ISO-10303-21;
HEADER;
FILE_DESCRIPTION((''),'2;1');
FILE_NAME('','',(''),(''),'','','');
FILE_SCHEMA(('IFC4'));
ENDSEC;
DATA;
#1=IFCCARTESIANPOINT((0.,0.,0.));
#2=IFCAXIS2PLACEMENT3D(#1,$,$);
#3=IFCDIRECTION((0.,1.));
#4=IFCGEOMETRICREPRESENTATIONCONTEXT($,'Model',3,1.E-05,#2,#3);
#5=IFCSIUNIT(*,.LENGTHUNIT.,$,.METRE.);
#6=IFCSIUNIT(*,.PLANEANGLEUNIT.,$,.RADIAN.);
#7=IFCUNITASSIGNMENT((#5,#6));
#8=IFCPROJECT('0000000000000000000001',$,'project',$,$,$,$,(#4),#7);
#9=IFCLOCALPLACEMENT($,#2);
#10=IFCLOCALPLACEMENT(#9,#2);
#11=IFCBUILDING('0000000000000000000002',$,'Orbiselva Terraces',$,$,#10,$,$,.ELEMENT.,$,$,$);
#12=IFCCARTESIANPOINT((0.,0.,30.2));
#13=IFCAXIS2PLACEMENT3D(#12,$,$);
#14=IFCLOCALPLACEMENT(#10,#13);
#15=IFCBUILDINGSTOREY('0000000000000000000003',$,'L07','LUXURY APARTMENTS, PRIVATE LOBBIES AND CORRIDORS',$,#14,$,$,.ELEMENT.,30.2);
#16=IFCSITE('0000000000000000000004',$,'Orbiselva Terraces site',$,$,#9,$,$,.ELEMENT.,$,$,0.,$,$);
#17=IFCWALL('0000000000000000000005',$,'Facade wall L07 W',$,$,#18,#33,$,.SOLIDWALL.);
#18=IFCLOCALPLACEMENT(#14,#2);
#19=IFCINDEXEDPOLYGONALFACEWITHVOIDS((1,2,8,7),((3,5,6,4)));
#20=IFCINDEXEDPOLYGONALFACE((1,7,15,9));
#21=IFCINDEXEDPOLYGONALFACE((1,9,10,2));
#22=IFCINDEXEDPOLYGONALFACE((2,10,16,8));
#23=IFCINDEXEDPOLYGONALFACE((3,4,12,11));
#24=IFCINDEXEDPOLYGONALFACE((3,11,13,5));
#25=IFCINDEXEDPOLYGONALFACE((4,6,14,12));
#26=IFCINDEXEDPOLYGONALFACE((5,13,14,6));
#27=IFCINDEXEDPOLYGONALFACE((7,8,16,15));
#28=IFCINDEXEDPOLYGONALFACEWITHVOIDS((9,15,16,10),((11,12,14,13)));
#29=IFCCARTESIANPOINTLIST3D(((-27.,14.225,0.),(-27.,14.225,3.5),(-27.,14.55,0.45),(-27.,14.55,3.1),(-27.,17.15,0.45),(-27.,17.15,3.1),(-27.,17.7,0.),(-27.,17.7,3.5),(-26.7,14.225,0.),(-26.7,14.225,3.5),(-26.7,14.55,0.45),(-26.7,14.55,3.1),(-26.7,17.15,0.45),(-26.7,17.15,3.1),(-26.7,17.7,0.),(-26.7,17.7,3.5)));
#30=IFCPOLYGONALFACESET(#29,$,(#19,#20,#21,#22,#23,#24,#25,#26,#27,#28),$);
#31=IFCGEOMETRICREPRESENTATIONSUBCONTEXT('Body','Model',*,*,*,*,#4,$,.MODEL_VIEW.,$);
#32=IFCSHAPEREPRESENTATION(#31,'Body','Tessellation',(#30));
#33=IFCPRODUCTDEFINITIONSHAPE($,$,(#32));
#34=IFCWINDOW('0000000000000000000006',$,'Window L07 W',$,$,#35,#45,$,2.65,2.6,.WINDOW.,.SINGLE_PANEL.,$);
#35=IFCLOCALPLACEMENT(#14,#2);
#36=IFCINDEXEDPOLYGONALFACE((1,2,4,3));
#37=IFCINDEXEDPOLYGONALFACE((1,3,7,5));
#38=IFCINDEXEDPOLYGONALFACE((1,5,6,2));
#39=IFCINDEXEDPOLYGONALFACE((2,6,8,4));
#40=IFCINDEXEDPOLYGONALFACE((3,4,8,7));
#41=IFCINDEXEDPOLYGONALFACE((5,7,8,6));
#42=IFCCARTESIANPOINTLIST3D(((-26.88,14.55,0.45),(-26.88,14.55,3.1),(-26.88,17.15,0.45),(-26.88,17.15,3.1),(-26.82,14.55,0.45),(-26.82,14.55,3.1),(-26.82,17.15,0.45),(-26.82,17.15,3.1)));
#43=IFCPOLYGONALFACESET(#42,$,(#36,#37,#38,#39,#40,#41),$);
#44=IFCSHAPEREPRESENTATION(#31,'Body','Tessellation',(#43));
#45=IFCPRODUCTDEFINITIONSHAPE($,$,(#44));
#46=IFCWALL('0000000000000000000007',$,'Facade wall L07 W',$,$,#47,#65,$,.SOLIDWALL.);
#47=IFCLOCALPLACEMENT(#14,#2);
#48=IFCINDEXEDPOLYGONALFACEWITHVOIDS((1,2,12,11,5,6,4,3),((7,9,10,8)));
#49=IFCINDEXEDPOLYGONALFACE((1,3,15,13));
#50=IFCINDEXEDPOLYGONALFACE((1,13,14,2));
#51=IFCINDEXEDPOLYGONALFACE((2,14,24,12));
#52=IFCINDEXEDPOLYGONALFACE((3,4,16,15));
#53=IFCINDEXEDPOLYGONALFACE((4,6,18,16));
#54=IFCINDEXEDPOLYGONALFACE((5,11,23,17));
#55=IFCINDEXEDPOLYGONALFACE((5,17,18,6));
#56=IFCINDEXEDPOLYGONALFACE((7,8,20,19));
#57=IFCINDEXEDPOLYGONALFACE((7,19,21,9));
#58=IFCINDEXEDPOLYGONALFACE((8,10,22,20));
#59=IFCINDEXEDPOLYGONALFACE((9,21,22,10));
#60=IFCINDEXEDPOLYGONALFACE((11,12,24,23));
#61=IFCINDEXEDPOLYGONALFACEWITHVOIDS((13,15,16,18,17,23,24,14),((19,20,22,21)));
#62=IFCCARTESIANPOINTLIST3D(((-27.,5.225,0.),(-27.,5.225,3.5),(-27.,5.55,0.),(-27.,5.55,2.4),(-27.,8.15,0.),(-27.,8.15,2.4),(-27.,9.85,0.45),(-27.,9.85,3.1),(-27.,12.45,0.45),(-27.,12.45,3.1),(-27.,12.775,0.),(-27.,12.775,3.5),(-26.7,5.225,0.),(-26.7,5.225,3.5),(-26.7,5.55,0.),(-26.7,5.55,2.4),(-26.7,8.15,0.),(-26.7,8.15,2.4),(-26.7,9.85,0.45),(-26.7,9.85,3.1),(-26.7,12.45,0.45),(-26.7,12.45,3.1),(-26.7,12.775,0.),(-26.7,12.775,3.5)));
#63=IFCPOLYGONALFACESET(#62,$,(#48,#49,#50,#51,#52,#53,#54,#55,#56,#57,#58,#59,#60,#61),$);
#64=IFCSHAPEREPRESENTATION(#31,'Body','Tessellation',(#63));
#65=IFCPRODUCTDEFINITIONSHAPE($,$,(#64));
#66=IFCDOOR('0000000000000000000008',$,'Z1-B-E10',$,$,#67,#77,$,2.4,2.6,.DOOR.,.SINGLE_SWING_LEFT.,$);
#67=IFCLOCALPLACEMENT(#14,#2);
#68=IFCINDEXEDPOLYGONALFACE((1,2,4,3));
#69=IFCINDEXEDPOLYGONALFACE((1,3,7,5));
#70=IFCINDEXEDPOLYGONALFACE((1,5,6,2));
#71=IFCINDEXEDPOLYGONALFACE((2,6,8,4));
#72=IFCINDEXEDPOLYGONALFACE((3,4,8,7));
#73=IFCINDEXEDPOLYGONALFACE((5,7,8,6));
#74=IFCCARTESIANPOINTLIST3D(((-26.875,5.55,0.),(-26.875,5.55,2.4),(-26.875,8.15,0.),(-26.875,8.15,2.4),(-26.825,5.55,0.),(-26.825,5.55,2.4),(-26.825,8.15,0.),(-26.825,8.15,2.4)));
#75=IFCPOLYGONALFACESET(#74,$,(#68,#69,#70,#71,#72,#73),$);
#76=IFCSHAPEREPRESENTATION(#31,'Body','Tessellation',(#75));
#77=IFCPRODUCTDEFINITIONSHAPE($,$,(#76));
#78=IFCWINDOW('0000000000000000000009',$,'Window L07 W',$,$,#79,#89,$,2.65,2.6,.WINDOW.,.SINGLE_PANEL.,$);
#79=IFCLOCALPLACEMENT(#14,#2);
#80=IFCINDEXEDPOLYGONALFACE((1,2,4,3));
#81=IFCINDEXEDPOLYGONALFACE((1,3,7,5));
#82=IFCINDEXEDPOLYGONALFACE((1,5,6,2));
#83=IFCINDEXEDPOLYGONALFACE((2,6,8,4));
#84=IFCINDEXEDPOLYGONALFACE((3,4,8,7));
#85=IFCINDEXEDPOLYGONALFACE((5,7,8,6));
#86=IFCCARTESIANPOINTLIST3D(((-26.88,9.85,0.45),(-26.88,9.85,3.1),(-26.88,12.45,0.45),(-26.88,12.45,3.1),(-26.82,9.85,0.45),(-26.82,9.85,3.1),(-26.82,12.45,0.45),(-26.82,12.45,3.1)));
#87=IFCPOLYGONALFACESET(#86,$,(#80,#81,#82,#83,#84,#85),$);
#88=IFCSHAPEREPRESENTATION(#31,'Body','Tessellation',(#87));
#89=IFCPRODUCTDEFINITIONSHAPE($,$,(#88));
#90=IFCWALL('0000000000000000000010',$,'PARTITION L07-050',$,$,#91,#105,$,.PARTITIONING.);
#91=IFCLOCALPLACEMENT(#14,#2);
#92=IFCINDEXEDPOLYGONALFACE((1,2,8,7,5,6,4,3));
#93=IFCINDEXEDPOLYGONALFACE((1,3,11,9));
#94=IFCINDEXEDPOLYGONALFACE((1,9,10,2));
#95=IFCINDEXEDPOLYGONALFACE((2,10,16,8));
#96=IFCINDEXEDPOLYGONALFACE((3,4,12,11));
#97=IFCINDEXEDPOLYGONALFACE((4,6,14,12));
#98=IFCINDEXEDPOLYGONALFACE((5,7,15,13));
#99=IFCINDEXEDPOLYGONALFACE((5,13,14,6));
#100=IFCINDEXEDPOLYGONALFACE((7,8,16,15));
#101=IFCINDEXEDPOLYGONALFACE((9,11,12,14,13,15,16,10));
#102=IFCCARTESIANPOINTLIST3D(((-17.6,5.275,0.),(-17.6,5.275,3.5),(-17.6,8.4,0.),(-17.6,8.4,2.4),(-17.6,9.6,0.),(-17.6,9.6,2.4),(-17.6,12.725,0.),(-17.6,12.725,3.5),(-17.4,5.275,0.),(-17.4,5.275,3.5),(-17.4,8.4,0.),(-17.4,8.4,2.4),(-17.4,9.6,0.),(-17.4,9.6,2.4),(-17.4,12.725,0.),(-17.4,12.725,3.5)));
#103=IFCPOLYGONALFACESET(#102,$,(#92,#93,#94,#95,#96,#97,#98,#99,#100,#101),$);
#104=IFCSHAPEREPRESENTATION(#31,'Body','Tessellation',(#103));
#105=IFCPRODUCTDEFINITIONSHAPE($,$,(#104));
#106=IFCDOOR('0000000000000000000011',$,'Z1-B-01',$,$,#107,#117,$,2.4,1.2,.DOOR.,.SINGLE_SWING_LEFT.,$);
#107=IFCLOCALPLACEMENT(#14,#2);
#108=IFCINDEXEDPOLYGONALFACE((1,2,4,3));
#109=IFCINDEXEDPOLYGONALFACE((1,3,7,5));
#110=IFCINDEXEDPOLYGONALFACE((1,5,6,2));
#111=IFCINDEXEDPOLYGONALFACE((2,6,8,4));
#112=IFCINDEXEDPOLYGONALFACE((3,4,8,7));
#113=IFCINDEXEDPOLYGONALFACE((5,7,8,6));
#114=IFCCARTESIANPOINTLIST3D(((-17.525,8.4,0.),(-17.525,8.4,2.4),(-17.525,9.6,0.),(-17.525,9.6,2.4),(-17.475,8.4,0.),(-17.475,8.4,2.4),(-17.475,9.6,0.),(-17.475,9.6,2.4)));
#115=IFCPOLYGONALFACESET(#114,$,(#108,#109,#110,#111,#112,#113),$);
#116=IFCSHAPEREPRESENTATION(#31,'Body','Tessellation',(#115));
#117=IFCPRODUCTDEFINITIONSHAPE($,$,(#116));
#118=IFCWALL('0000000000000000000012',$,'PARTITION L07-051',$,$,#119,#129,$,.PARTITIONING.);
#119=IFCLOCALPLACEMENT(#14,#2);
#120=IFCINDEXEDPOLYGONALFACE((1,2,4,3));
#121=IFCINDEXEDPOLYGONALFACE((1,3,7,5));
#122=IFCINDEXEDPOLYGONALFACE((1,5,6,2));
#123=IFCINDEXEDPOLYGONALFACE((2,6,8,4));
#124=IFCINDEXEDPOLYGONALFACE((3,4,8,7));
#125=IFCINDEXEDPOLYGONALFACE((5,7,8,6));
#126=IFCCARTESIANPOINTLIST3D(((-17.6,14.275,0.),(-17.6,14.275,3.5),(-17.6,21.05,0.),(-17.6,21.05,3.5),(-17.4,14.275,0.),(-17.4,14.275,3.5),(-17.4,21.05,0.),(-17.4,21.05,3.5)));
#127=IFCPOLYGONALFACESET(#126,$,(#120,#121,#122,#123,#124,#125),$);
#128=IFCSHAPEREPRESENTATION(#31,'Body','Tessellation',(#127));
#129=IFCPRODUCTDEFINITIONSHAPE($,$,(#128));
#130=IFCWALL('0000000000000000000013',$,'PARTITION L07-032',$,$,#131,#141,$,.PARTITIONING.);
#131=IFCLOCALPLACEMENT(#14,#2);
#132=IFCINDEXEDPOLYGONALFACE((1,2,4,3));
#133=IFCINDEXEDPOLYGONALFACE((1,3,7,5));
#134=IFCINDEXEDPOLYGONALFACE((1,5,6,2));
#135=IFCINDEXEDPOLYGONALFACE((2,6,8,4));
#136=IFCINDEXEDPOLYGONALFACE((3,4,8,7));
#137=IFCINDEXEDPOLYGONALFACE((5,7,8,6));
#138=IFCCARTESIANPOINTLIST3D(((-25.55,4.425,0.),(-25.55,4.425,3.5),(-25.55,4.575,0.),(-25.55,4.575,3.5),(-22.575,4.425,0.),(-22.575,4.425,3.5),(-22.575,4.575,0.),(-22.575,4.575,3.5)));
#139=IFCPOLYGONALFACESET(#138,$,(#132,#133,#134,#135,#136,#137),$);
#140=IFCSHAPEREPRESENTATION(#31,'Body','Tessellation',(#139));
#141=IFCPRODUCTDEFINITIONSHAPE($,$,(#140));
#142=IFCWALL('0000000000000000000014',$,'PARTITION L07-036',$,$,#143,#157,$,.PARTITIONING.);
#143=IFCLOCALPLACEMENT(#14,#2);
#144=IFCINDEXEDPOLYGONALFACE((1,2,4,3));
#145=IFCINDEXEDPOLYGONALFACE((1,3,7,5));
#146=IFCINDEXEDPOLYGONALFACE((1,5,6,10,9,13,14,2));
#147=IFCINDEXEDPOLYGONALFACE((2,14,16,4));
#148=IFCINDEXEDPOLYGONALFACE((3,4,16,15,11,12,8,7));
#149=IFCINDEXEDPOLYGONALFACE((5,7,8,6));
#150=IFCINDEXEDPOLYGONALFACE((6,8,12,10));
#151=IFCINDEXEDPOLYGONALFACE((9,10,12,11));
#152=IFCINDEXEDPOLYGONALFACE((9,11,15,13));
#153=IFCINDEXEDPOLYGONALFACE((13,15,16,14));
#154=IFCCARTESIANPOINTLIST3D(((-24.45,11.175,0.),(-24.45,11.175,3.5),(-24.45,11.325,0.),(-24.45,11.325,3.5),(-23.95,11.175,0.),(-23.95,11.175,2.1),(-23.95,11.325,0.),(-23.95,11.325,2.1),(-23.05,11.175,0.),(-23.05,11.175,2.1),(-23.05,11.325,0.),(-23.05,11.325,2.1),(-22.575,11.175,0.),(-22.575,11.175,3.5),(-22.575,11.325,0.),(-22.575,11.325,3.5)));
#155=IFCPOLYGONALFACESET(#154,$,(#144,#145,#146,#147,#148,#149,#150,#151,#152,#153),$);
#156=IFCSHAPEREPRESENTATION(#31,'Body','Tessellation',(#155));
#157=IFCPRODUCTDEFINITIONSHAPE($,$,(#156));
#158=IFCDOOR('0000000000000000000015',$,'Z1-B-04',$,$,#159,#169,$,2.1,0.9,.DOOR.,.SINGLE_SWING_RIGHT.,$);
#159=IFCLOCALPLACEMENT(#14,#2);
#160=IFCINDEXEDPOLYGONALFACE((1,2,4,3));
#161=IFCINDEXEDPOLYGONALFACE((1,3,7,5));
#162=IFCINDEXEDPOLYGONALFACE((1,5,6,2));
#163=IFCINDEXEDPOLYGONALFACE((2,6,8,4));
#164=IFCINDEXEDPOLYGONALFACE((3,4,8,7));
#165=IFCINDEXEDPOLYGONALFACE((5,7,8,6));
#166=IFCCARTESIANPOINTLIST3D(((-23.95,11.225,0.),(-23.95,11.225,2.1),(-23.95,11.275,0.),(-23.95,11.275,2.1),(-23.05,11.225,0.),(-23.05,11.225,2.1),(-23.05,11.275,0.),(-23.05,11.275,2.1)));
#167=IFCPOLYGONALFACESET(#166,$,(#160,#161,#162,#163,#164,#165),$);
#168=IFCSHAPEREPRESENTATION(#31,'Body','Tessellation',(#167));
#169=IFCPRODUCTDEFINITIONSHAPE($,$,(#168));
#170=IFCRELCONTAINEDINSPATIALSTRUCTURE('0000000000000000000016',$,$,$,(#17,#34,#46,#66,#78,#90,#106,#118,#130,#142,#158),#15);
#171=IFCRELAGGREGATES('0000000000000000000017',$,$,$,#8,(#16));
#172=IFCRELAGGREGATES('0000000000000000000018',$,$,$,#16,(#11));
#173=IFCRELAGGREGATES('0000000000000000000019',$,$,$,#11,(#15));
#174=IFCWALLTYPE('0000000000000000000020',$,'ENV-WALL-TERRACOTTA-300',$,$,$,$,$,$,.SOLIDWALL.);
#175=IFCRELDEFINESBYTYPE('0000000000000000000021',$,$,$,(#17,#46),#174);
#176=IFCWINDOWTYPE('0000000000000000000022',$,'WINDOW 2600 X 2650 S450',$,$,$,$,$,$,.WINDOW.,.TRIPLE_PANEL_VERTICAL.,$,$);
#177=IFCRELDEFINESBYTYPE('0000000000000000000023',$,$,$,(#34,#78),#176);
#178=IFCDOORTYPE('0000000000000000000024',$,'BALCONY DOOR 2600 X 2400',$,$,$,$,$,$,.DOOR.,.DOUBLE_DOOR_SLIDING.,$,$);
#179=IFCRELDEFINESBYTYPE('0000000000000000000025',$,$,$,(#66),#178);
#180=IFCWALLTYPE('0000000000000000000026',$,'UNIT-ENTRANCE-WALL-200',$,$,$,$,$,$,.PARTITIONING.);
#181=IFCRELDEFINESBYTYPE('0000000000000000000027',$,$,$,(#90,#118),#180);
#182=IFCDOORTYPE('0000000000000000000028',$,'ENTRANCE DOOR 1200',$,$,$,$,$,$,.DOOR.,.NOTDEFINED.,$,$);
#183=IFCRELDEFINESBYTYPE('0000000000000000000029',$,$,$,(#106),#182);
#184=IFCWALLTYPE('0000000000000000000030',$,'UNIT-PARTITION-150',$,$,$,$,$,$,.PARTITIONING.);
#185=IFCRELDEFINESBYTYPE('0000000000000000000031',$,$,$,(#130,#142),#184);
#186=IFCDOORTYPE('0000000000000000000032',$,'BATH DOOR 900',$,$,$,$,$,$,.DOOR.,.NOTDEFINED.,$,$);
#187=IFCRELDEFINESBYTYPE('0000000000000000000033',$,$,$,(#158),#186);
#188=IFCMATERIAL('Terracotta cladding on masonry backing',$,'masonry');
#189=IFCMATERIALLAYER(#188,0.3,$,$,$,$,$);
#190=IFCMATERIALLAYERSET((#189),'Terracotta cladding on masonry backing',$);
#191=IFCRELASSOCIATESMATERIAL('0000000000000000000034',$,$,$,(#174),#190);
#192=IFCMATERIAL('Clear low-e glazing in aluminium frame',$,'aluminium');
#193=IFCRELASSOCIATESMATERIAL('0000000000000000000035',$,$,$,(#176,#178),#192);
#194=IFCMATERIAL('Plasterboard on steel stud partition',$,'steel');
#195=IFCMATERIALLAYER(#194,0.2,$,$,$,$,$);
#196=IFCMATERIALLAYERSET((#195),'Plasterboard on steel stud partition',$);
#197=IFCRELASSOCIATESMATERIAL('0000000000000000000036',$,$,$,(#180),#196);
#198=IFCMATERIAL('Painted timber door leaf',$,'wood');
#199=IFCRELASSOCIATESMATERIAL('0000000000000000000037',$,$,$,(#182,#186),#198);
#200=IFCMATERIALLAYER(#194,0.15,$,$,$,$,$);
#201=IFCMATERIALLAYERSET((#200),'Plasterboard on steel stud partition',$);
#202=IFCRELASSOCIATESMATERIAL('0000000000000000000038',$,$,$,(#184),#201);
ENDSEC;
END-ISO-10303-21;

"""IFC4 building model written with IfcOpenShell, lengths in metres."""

from ifc_helpers import new_model, si_unit, direction, frame, frame_2d, origin, place, context, subcontext, project, spatial, rectangle, extrude, material, layer, layer_set, type_object, element, fill, save


model = new_model("IFC4")

# Units and contexts
model_context = context("Model", 3, precision=1e-05, world=origin(), true_north=direction((0.0, 1.0)))
body_context = subcontext(model_context, "Body", "Model", "MODEL_VIEW")
ifc_project = project(units=[si_unit("LENGTHUNIT", "METRE"), si_unit("PLANEANGLEUNIT", "RADIAN")], contexts=[model_context])

# Site, building, storey
site_placement = place(None, origin())
site = spatial("IfcSite", under=ifc_project, at=site_placement, Name="Orbiselva Terraces site", CompositionType="ELEMENT", RefElevation=0.0)
building_placement = place(site_placement, origin())
building = spatial("IfcBuilding", under=site, at=building_placement, Name="Orbiselva Terraces", CompositionType="ELEMENT")
storey_placement = place(building_placement, frame((0.0, 0.0, 30.2)))
storey = spatial("IfcBuildingStorey", under=building, at=storey_placement, Name="L07", Description="LUXURY APARTMENTS, PRIVATE LOBBIES AND CORRIDORS", CompositionType="ELEMENT", Elevation=30.2)

# Wall, opening, window
ifc_material_1 = material(Name="Terracotta cladding on masonry backing", Category="masonry")
ifc_layer_1 = layer(ifc_material_1, 0.3)
ifc_layer_set_1 = layer_set([ifc_layer_1], Name="Terracotta cladding on masonry backing")
wall_type_1 = type_object("IfcWallType", Name="ENV-WALL-TERRACOTTA-300", PredefinedType="SOLIDWALL", material=ifc_layer_set_1)
wall_1_placement = place(storey_placement, frame((-26.85, 14.225, 0.0), z_axis=(0.0, 0.0, 1.0), x_axis=(0.0, 1.0, 0.0)))
wall_1 = element("IfcWall", 1, at=wall_1_placement, inside=storey, type_object=wall_type_1, Name="Facade wall L07 W", PredefinedType="SOLIDWALL", context=body_context, shape_type="SweptSolid", body=[
    extrude(rectangle(XDim=3.475, YDim=0.3, at=frame_2d((1.7375, 0.0))), origin(), (0.0, 0.0, 1.0), 3.5),
])
opening_1_placement = place(wall_1_placement, frame((0.325, 0.0, 0.45)))
opening_1 = element("IfcOpeningElement", 2, at=opening_1_placement, cuts=wall_1, PredefinedType="OPENING", context=body_context, shape_type="SweptSolid", body=[
    extrude(rectangle(XDim=2.6, YDim=2.65, at=frame_2d((1.3, 1.325))), frame((0.0, 0.16, 0.0), z_axis=(0.0, -1.0, 0.0), x_axis=(1.0, 0.0, 0.0)), (0.0, 0.0, 1.0), 0.32),
])
ifc_material_2 = material(Name="Clear low-e glazing in aluminium frame", Category="aluminium")
window_type = type_object("IfcWindowType", Name="WINDOW 2600 X 2650 S450", PartitioningType="TRIPLE_PANEL_VERTICAL", PredefinedType="WINDOW", material=ifc_material_2)
window_1_placement = place(opening_1_placement, origin())
window_1 = element("IfcWindow", 3, at=window_1_placement, inside=storey, type_object=window_type, Name="Window L07 W", OverallHeight=2.65, OverallWidth=2.6, PartitioningType="SINGLE_PANEL", PredefinedType="WINDOW", context=body_context, shape_type="SweptSolid", body=[
    extrude(rectangle(XDim=2.6, YDim=2.65, at=frame_2d((1.3, 1.325))), frame((0.0, 0.03, 0.0), z_axis=(0.0, -1.0, 0.0), x_axis=(1.0, 0.0, 0.0)), (0.0, 0.0, 1.0), 0.06),
])
fill(opening_1, window_1)

# Wall, openings, door, window
wall_2_placement = place(storey_placement, frame((-26.85, 5.225, 0.0), z_axis=(0.0, 0.0, 1.0), x_axis=(0.0, 1.0, 0.0)))
wall_2 = element("IfcWall", 4, at=wall_2_placement, inside=storey, type_object=wall_type_1, Name="Facade wall L07 W", PredefinedType="SOLIDWALL", context=body_context, shape_type="SweptSolid", body=[
    extrude(rectangle(XDim=7.55, YDim=0.3, at=frame_2d((3.775, 0.0))), origin(), (0.0, 0.0, 1.0), 3.5),
])
opening_2_placement = place(wall_2_placement, frame((4.625, 0.0, 0.45)))
opening_2 = element("IfcOpeningElement", 5, at=opening_2_placement, cuts=wall_2, PredefinedType="OPENING", context=body_context, shape_type="SweptSolid", body=[
    extrude(rectangle(XDim=2.6, YDim=2.65, at=frame_2d((1.3, 1.325))), frame((0.0, 0.16, 0.0), z_axis=(0.0, -1.0, 0.0), x_axis=(1.0, 0.0, 0.0)), (0.0, 0.0, 1.0), 0.32),
])
opening_3_placement = place(wall_2_placement, frame((0.325, 0.0, 0.0)))
opening_3 = element("IfcOpeningElement", 6, at=opening_3_placement, cuts=wall_2, PredefinedType="OPENING", context=body_context, shape_type="SweptSolid", body=[
    extrude(rectangle(XDim=2.6, YDim=2.4, at=frame_2d((1.3, 1.2))), frame((0.0, 0.16, 0.0), z_axis=(0.0, -1.0, 0.0), x_axis=(1.0, 0.0, 0.0)), (0.0, 0.0, 1.0), 0.32),
])
door_type_1 = type_object("IfcDoorType", Name="BALCONY DOOR 2600 X 2400", OperationType="DOUBLE_DOOR_SLIDING", PredefinedType="DOOR", material=ifc_material_2)
door_1_placement = place(opening_3_placement, origin())
door_1 = element("IfcDoor", 7, at=door_1_placement, inside=storey, type_object=door_type_1, Name="Z1-B-E10", OperationType="SINGLE_SWING_LEFT", OverallHeight=2.4, OverallWidth=2.6, PredefinedType="DOOR", context=body_context, shape_type="SweptSolid", body=[
    extrude(rectangle(XDim=2.6, YDim=2.4, at=frame_2d((1.3, 1.2))), frame((0.0, 0.025, 0.0), z_axis=(0.0, -1.0, 0.0), x_axis=(1.0, 0.0, 0.0)), (0.0, 0.0, 1.0), 0.05),
])
fill(opening_3, door_1)
window_2_placement = place(opening_2_placement, origin())
window_2 = element("IfcWindow", 8, at=window_2_placement, inside=storey, type_object=window_type, Name="Window L07 W", OverallHeight=2.65, OverallWidth=2.6, PartitioningType="SINGLE_PANEL", PredefinedType="WINDOW", context=body_context, shape_type="SweptSolid", body=[
    extrude(rectangle(XDim=2.6, YDim=2.65, at=frame_2d((1.3, 1.325))), frame((0.0, 0.03, 0.0), z_axis=(0.0, -1.0, 0.0), x_axis=(1.0, 0.0, 0.0)), (0.0, 0.0, 1.0), 0.06),
])
fill(opening_2, window_2)

# Wall, opening, door
ifc_material_3 = material(Name="Plasterboard on steel stud partition", Category="steel")
ifc_layer_2 = layer(ifc_material_3, 0.2)
ifc_layer_set_2 = layer_set([ifc_layer_2], Name="Plasterboard on steel stud partition")
wall_type_2 = type_object("IfcWallType", Name="UNIT-ENTRANCE-WALL-200", PredefinedType="PARTITIONING", material=ifc_layer_set_2)
wall_3_placement = place(storey_placement, frame((-17.5, 5.275, 0.0), z_axis=(0.0, 0.0, 1.0), x_axis=(0.0, 1.0, 0.0)))
wall_3 = element("IfcWall", 9, at=wall_3_placement, inside=storey, type_object=wall_type_2, Name="PARTITION L07-050", PredefinedType="PARTITIONING", context=body_context, shape_type="SweptSolid", body=[
    extrude(rectangle(XDim=7.45, YDim=0.2, at=frame_2d((3.725, 0.0))), origin(), (0.0, 0.0, 1.0), 3.5),
])
opening_4_placement = place(wall_3_placement, frame((3.125, 0.0, 0.0)))
opening_4 = element("IfcOpeningElement", 10, at=opening_4_placement, cuts=wall_3, PredefinedType="OPENING", context=body_context, shape_type="SweptSolid", body=[
    extrude(rectangle(XDim=1.2, YDim=2.4, at=frame_2d((0.6, 1.2))), frame((0.0, 0.11, 0.0), z_axis=(0.0, -1.0, 0.0), x_axis=(1.0, 0.0, 0.0)), (0.0, 0.0, 1.0), 0.22),
])
ifc_material_4 = material(Name="Painted timber door leaf", Category="wood")
door_type_2 = type_object("IfcDoorType", Name="ENTRANCE DOOR 1200", OperationType="NOTDEFINED", PredefinedType="DOOR", material=ifc_material_4)
door_2_placement = place(opening_4_placement, origin())
door_2 = element("IfcDoor", 11, at=door_2_placement, inside=storey, type_object=door_type_2, Name="Z1-B-01", OperationType="SINGLE_SWING_LEFT", OverallHeight=2.4, OverallWidth=1.2, PredefinedType="DOOR", context=body_context, shape_type="SweptSolid", body=[
    extrude(rectangle(XDim=1.2, YDim=2.4, at=frame_2d((0.6, 1.2))), frame((0.0, 0.025, 0.0), z_axis=(0.0, -1.0, 0.0), x_axis=(1.0, 0.0, 0.0)), (0.0, 0.0, 1.0), 0.05),
])
fill(opening_4, door_2)

# Walls
wall_4_placement = place(storey_placement, frame((-17.5, 14.275, 0.0), z_axis=(0.0, 0.0, 1.0), x_axis=(0.0, 1.0, 0.0)))
element("IfcWall", 12, at=wall_4_placement, inside=storey, type_object=wall_type_2, Name="PARTITION L07-051", PredefinedType="PARTITIONING", context=body_context, shape_type="SweptSolid", body=[
    extrude(rectangle(XDim=6.775, YDim=0.2, at=frame_2d((3.3875, 0.0))), origin(), (0.0, 0.0, 1.0), 3.5),
])
ifc_layer_3 = layer(ifc_material_3, 0.15)
ifc_layer_set_3 = layer_set([ifc_layer_3], Name="Plasterboard on steel stud partition")
wall_type_3 = type_object("IfcWallType", Name="UNIT-PARTITION-150", PredefinedType="PARTITIONING", material=ifc_layer_set_3)
wall_5_placement = place(storey_placement, frame((-25.55, 4.5, 0.0), z_axis=(0.0, 0.0, 1.0), x_axis=(1.0, 0.0, 0.0)))
element("IfcWall", 13, at=wall_5_placement, inside=storey, type_object=wall_type_3, Name="PARTITION L07-032", PredefinedType="PARTITIONING", context=body_context, shape_type="SweptSolid", body=[
    extrude(rectangle(XDim=2.975, YDim=0.15, at=frame_2d((1.4875, 0.0))), origin(), (0.0, 0.0, 1.0), 3.5),
])

# Wall, opening, door
wall_6_placement = place(storey_placement, frame((-24.45, 11.25, 0.0), z_axis=(0.0, 0.0, 1.0), x_axis=(1.0, 0.0, 0.0)))
wall_6 = element("IfcWall", 14, at=wall_6_placement, inside=storey, type_object=wall_type_3, Name="PARTITION L07-036", PredefinedType="PARTITIONING", context=body_context, shape_type="SweptSolid", body=[
    extrude(rectangle(XDim=1.875, YDim=0.15, at=frame_2d((0.9375, 0.0))), origin(), (0.0, 0.0, 1.0), 3.5),
])
opening_5_placement = place(wall_6_placement, frame((0.5, 0.0, 0.0)))
opening_5 = element("IfcOpeningElement", 15, at=opening_5_placement, cuts=wall_6, PredefinedType="OPENING", context=body_context, shape_type="SweptSolid", body=[
    extrude(rectangle(XDim=0.9, YDim=2.1, at=frame_2d((0.45, 1.05))), frame((0.0, 0.085, 0.0), z_axis=(0.0, -1.0, 0.0), x_axis=(1.0, 0.0, 0.0)), (0.0, 0.0, 1.0), 0.17),
])
door_type_3 = type_object("IfcDoorType", Name="BATH DOOR 900", OperationType="NOTDEFINED", PredefinedType="DOOR", material=ifc_material_4)
door_3_placement = place(opening_5_placement, origin())
door_3 = element("IfcDoor", 16, at=door_3_placement, inside=storey, type_object=door_type_3, Name="Z1-B-04", OperationType="SINGLE_SWING_RIGHT", OverallHeight=2.1, OverallWidth=0.9, PredefinedType="DOOR", context=body_context, shape_type="SweptSolid", body=[
    extrude(rectangle(XDim=0.9, YDim=2.1, at=frame_2d((0.45, 1.05))), frame((0.0, 0.025, 0.0), z_axis=(0.0, -1.0, 0.0), x_axis=(1.0, 0.0, 0.0)), (0.0, 0.0, 1.0), 0.05),
])
fill(opening_5, door_3)

save(model, "model.ifc")
